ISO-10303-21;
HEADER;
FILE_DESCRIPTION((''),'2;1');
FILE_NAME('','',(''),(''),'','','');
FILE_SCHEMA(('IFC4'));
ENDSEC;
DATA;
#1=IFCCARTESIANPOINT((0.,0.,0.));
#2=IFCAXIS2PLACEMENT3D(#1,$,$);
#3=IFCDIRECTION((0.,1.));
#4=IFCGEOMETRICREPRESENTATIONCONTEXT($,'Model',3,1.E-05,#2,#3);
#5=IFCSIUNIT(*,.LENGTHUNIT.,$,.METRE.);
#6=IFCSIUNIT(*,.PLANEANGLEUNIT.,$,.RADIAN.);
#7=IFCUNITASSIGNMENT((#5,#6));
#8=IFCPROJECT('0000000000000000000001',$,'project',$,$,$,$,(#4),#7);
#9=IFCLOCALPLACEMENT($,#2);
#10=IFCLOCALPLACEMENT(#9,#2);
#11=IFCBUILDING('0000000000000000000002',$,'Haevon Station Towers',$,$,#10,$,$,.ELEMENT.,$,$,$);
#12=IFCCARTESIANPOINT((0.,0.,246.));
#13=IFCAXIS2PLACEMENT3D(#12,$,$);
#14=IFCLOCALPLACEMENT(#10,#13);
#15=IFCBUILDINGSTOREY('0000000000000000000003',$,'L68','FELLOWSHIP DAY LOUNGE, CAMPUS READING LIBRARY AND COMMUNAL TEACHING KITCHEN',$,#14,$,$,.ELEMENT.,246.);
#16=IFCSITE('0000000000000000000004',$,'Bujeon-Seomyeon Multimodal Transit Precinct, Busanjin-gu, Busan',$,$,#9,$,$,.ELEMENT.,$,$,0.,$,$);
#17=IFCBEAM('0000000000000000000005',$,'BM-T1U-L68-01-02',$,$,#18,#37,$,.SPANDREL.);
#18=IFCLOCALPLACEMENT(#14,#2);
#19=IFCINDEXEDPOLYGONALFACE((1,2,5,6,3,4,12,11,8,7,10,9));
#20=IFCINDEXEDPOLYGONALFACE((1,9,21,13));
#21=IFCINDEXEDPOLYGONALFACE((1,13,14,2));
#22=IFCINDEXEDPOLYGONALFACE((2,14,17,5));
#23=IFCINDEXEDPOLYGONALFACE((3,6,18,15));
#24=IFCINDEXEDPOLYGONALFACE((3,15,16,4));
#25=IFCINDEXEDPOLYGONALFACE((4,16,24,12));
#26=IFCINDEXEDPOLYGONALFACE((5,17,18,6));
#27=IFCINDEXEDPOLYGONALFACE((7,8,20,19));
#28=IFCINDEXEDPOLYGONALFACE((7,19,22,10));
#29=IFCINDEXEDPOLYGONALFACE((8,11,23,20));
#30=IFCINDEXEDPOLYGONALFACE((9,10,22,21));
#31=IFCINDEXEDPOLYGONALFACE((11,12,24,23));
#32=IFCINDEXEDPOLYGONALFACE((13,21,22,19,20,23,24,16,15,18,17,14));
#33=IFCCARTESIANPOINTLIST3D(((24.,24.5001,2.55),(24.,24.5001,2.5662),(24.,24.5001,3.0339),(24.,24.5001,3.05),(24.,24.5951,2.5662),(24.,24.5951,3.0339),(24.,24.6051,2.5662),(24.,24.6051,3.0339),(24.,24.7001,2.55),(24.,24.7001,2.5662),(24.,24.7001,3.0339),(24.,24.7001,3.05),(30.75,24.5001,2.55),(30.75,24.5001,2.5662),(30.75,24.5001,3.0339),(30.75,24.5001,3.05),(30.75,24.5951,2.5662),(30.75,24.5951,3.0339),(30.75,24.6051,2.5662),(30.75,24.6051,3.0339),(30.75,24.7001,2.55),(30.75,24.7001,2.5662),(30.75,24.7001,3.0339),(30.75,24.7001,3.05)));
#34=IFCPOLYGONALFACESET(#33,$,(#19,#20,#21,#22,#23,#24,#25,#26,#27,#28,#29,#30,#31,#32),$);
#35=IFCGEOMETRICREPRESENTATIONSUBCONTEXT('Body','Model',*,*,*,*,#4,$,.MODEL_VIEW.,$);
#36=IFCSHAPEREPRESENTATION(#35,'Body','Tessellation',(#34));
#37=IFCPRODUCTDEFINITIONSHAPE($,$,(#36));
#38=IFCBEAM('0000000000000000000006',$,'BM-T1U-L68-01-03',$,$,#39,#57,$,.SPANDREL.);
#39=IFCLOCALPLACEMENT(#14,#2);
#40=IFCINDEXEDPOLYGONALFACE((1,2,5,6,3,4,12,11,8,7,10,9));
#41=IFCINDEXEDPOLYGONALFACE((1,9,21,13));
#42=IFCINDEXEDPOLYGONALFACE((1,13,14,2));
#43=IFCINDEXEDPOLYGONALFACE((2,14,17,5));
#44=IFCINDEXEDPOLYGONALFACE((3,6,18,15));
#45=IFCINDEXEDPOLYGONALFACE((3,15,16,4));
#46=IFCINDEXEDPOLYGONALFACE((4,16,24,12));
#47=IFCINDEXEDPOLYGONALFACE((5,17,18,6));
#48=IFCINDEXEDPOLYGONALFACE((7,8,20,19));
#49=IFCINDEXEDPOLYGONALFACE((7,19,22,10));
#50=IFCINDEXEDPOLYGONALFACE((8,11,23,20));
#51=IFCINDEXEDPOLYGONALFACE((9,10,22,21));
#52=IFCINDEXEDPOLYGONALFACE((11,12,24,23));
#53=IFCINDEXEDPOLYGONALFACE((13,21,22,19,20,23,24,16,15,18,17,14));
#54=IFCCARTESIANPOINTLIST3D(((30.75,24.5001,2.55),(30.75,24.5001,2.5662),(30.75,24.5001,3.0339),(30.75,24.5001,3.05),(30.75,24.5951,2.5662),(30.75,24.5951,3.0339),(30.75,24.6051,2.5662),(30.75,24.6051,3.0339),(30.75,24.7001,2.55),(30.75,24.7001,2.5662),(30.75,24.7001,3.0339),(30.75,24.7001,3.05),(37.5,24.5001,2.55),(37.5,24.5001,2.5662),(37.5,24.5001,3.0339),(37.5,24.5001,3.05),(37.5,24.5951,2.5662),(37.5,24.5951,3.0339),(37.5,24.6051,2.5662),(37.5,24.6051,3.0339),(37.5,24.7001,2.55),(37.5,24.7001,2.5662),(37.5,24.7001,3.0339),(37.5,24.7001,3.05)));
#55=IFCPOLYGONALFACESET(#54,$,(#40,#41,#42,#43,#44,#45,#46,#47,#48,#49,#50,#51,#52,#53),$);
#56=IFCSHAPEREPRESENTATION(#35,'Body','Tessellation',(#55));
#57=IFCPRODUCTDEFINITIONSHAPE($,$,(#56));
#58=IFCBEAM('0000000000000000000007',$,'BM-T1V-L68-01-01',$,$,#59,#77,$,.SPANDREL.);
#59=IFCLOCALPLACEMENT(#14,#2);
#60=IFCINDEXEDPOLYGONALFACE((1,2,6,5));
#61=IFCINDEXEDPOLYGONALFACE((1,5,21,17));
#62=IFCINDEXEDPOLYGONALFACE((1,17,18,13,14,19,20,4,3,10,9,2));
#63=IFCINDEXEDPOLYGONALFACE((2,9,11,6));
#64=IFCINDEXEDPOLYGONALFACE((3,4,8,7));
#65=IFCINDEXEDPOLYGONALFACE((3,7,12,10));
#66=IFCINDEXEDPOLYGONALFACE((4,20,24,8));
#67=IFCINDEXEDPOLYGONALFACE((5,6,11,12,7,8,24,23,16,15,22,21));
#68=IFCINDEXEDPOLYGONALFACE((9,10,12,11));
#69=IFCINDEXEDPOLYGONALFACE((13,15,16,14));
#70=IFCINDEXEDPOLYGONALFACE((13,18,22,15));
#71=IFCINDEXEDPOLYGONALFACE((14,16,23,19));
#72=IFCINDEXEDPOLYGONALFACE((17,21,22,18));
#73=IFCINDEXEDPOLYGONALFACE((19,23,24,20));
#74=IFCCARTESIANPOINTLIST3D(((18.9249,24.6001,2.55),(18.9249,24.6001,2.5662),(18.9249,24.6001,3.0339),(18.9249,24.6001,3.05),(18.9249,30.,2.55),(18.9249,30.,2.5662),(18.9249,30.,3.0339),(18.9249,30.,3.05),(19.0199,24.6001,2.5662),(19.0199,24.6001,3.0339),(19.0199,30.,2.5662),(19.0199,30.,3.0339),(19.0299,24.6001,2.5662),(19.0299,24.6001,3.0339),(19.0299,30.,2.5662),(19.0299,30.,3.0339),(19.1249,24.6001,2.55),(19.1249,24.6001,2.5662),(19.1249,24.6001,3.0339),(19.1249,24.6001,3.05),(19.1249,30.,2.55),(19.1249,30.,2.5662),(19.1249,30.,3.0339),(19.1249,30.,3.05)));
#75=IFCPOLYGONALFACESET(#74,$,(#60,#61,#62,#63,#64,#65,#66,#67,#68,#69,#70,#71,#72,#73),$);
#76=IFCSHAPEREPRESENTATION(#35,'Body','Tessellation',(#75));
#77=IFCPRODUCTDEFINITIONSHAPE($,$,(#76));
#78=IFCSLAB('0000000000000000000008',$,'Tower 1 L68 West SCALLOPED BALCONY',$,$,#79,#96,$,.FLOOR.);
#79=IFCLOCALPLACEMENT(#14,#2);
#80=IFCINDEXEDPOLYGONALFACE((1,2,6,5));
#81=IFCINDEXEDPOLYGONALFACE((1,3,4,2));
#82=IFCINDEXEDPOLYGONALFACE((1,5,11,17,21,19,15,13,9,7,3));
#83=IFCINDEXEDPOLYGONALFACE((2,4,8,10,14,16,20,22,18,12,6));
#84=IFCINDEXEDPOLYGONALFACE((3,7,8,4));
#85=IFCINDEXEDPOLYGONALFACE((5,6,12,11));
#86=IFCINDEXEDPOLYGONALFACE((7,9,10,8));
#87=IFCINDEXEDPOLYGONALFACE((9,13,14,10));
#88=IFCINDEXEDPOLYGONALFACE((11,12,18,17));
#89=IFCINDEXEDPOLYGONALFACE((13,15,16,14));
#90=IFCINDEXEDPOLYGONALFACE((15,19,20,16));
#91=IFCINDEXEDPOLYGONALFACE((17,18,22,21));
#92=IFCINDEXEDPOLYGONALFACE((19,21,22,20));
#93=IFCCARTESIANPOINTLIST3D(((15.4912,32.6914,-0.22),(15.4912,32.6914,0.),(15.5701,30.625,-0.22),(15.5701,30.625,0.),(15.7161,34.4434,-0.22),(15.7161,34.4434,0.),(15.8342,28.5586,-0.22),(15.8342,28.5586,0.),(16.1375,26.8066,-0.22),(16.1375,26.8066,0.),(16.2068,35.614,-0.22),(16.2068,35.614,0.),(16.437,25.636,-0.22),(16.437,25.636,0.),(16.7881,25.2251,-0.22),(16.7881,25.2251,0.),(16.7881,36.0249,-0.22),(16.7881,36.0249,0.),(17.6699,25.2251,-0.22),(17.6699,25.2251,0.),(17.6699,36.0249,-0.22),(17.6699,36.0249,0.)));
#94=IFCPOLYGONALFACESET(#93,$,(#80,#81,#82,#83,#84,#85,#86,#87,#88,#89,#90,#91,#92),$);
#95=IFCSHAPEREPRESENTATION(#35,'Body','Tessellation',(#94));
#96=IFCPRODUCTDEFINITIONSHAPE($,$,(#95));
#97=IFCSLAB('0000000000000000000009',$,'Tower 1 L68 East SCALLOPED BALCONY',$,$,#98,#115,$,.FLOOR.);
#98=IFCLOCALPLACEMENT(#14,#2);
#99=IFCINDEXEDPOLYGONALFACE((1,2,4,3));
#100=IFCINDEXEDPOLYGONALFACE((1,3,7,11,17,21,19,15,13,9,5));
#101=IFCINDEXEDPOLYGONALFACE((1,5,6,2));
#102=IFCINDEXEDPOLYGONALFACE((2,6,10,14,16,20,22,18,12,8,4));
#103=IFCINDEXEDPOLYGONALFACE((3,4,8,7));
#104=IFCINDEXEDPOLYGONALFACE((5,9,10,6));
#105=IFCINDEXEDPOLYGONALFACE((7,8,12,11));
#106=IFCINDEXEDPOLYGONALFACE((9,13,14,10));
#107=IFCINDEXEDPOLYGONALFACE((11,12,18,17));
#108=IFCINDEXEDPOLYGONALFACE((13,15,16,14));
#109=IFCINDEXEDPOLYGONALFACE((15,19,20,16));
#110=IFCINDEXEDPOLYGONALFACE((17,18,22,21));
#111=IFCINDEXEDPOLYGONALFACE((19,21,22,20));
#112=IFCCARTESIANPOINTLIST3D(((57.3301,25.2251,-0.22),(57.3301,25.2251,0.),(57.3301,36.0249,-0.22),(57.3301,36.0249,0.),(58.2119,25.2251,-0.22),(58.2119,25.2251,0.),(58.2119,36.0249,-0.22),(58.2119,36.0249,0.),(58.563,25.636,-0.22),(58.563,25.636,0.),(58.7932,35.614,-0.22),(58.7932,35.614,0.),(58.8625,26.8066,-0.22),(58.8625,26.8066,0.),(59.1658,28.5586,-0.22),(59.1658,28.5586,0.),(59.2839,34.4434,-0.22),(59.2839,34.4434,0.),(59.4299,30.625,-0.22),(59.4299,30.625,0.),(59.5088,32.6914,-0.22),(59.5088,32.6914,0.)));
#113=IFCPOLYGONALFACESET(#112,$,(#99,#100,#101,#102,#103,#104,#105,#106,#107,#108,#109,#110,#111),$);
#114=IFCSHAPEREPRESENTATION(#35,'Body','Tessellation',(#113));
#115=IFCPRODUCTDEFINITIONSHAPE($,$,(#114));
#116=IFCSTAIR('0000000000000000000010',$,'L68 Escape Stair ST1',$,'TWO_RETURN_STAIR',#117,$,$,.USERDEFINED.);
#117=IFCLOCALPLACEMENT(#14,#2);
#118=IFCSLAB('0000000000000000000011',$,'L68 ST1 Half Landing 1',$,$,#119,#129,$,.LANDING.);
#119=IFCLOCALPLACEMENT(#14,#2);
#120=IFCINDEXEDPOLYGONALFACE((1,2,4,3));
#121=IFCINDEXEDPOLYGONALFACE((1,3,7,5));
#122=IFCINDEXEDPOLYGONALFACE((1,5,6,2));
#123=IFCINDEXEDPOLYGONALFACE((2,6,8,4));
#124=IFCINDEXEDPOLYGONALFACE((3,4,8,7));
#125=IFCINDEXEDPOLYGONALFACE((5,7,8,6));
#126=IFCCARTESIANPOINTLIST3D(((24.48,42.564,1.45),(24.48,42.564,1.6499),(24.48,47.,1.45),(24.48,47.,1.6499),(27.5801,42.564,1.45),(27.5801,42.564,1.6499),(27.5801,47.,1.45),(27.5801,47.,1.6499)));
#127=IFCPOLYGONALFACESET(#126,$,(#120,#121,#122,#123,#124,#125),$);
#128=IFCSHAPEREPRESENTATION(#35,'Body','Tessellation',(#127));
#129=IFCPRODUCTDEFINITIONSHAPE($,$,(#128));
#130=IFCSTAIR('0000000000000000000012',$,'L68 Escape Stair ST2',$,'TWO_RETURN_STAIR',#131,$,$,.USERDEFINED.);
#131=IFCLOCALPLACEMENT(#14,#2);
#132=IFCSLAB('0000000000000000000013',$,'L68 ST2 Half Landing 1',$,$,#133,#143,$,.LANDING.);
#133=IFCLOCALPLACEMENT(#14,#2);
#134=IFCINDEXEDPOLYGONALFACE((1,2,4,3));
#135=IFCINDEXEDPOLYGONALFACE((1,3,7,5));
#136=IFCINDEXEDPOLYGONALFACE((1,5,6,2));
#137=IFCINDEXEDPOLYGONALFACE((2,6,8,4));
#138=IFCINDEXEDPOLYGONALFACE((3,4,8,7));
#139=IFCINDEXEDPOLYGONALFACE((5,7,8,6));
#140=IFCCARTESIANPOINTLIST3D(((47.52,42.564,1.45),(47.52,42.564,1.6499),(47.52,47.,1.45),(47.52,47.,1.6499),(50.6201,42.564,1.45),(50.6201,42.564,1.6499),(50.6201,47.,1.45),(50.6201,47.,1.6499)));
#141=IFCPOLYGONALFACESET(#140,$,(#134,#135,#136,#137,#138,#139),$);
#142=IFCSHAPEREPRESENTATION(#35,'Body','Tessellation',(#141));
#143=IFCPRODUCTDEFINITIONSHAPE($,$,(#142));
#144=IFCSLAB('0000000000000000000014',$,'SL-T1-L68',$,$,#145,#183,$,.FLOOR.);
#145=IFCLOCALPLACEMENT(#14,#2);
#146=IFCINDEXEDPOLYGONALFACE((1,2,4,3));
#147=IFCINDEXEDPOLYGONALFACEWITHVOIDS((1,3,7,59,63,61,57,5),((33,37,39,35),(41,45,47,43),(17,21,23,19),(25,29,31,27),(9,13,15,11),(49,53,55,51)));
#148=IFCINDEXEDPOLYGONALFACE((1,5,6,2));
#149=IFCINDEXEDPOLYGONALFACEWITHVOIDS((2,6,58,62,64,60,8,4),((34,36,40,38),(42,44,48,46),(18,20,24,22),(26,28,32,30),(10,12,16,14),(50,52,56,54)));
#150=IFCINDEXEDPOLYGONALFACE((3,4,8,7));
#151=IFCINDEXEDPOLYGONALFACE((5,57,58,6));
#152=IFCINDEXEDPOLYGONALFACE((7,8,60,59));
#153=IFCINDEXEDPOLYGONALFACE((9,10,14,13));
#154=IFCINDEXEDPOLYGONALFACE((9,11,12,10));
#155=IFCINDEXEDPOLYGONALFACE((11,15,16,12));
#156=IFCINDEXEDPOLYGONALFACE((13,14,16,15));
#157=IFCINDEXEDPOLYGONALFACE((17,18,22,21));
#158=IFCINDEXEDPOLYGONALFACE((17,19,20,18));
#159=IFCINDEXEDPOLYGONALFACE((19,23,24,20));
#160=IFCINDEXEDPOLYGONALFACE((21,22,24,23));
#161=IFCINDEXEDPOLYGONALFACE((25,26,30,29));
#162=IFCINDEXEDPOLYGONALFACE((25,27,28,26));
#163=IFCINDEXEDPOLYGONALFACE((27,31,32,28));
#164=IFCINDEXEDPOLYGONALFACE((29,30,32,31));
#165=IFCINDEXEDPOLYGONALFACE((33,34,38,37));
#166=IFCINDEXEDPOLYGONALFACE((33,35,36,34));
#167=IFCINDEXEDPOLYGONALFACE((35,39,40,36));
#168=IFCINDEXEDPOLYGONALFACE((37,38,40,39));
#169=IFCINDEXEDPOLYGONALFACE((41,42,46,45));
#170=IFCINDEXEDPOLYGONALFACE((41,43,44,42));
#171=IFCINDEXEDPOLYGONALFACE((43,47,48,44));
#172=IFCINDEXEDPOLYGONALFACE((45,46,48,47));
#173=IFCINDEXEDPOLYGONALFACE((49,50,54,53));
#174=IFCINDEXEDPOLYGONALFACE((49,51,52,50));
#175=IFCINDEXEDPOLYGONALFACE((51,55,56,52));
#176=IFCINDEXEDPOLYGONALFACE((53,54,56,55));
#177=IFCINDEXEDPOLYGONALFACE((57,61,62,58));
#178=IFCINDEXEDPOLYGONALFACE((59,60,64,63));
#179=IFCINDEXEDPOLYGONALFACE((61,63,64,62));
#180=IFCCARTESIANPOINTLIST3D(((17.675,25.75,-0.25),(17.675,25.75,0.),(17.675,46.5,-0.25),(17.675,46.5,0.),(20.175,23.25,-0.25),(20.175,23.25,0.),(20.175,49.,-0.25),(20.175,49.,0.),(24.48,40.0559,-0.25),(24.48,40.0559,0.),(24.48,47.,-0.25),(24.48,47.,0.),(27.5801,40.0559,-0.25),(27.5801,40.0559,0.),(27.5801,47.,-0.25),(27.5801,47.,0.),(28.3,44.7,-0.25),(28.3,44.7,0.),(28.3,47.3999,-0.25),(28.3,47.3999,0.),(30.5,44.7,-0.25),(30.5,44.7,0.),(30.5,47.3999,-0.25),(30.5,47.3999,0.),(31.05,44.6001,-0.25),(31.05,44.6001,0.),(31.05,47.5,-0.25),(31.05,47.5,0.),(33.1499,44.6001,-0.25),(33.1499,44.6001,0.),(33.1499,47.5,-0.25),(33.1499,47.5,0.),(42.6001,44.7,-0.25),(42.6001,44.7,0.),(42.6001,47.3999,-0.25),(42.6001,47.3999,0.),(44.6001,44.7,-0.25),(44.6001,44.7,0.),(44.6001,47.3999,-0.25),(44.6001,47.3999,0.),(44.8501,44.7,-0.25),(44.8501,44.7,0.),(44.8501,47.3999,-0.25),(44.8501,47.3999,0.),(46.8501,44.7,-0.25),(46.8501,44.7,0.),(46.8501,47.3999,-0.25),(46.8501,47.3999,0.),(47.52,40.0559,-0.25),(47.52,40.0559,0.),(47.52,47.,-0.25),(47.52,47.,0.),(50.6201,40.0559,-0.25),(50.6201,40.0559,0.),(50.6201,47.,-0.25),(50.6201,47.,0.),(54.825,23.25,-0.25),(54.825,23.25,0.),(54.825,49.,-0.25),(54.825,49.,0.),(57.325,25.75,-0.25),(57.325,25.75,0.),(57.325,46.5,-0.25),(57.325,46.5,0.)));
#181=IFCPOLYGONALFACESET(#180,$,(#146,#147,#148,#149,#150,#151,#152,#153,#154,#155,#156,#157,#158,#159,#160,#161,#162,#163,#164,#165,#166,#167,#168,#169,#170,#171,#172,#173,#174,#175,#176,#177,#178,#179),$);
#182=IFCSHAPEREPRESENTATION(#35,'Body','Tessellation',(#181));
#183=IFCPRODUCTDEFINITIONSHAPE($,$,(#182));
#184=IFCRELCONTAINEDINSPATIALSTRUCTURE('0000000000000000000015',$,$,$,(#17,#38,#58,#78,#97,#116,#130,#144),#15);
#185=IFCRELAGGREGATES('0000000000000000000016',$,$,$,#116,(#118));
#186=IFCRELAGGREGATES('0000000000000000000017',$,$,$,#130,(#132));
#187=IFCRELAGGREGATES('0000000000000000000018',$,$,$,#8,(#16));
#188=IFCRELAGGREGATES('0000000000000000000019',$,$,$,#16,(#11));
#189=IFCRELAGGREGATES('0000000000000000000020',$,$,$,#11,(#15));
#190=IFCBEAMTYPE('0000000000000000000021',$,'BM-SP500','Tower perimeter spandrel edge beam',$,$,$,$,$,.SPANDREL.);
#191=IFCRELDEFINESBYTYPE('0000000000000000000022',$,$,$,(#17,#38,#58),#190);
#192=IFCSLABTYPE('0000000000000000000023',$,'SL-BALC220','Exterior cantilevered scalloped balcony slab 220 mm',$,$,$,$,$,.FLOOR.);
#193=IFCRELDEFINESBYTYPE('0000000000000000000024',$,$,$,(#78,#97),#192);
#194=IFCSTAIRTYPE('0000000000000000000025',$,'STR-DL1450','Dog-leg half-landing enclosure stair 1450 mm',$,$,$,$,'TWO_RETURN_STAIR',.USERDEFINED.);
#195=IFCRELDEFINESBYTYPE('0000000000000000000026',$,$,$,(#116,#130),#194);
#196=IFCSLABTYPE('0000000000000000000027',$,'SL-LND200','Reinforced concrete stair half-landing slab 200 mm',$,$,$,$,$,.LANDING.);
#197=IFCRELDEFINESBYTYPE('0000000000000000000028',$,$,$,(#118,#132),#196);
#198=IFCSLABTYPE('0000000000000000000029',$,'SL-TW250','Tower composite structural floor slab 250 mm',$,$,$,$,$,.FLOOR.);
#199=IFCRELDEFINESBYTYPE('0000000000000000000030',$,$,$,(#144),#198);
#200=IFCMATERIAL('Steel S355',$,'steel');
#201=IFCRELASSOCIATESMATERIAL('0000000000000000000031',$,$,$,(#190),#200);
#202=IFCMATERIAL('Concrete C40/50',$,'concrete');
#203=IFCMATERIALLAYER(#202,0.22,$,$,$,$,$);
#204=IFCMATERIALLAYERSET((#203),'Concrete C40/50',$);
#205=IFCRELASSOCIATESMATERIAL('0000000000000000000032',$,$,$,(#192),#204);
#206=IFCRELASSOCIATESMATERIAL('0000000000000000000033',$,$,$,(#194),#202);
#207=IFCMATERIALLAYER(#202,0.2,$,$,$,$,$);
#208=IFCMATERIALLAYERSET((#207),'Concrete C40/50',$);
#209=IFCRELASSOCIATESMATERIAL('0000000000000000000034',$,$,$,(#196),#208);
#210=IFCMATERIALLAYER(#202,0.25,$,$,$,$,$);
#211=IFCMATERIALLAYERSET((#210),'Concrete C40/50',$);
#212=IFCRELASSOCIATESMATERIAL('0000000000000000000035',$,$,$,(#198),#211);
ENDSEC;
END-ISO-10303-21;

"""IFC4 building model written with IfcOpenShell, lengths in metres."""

from ifc_helpers import new_model, si_unit, direction, frame, origin, origin_2d, place, context, subcontext, project, spatial, polyline, i_section, outline, extrude, material, layer, layer_set, material_profile, profile_set, type_object, element, aggregate, save


model = new_model("IFC4")

# Units and contexts
model_context = context("Model", 3, precision=1e-05, world=origin(), true_north=direction((0.0, 1.0)))
body_context = subcontext(model_context, "Body", "Model", "MODEL_VIEW")
ifc_project = project(units=[si_unit("LENGTHUNIT", "METRE"), si_unit("PLANEANGLEUNIT", "RADIAN")], contexts=[model_context])

# Site, building, storey
site_placement = place(None, origin())
site = spatial("IfcSite", under=ifc_project, at=site_placement, Name="Bujeon-Seomyeon Multimodal Transit Precinct, Busanjin-gu, Busan", CompositionType="ELEMENT", RefElevation=0.0)
building_placement = place(site_placement, origin())
building = spatial("IfcBuilding", under=site, at=building_placement, Name="Haevon Station Towers", CompositionType="ELEMENT")
storey_placement = place(building_placement, frame((0.0, 0.0, 246.0)))
storey = spatial("IfcBuildingStorey", under=building, at=storey_placement, Name="L68", Description="FELLOWSHIP DAY LOUNGE, CAMPUS READING LIBRARY AND COMMUNAL TEACHING KITCHEN", CompositionType="ELEMENT", Elevation=246.0)

# Shared definitions
ifc_material_1 = material(Name="Steel S355", Category="steel")

# Beams
ifc_material_profile_1 = material_profile(ifc_material_1, i_section(OverallWidth=0.2, OverallDepth=0.5, WebThickness=0.01, FlangeThickness=0.0161, at=origin_2d()), Name="H-500x200x10x16")
ifc_profile_set_1 = profile_set([ifc_material_profile_1], Name="Steel S355")
beam_type_1 = type_object("IfcBeamType", Name="BM-SP500", Description="Tower perimeter spandrel edge beam", PredefinedType="SPANDREL", material=ifc_profile_set_1)
for number, where, z_axis, x_axis, name in (
    (1, (24.0, 24.6001, 2.8), (1.0, 0.0, 0.0), (0.0, 1.0, 0.0), "BM-T1U-L68-01-02"),
    (2, (30.75, 24.6001, 2.8), (1.0, 0.0, 0.0), (0.0, 1.0, 0.0), "BM-T1U-L68-01-03"),
):
    element("IfcBeam", number, at=place(storey_placement, frame(where, z_axis=z_axis, x_axis=x_axis)), inside=storey, type_object=beam_type_1, Name=name, PredefinedType="SPANDREL", context=body_context, shape_type="SweptSolid", body=[
        extrude(i_section(OverallWidth=0.2, OverallDepth=0.5, WebThickness=0.01, FlangeThickness=0.0161, at=origin_2d()), origin(), (0.0, 0.0, 1.0), 6.75),
    ])
beam_1_placement = place(storey_placement, frame((19.0249, 24.6001, 2.8), z_axis=(0.0, 1.0, 0.0), x_axis=(-1.0, 0.0, 0.0)))
element("IfcBeam", 3, at=beam_1_placement, inside=storey, type_object=beam_type_1, Name="BM-T1V-L68-01-01", PredefinedType="SPANDREL", context=body_context, shape_type="SweptSolid", body=[
    extrude(i_section(OverallWidth=0.2, OverallDepth=0.5, WebThickness=0.01, FlangeThickness=0.0161, at=origin_2d()), origin(), (0.0, 0.0, 1.0), 5.3999),
])

# Slabs
ifc_material_2 = material(Name="Concrete C40/50", Category="concrete")
ifc_layer_1 = layer(ifc_material_2, 0.22)
ifc_layer_set_1 = layer_set([ifc_layer_1], Name="Concrete C40/50")
slab_type_1 = type_object("IfcSlabType", Name="SL-BALC220", Description="Exterior cantilevered scalloped balcony slab 220 mm", PredefinedType="FLOOR", material=ifc_layer_set_1)
slab_1_placement = place(storey_placement, frame((0.0, 0.0, -0.22)))
element("IfcSlab", 4, at=slab_1_placement, inside=storey, type_object=slab_type_1, Name="Tower 1 L68 West SCALLOPED BALCONY", PredefinedType="FLOOR", context=body_context, shape_type="SweptSolid", body=[
    extrude(outline(polyline([(17.6699, 36.0249), (16.7881, 36.0249), (16.2068, 35.614), (15.7161, 34.4434), (15.4912, 32.6914), (15.5701, 30.625), (15.8342, 28.5586), (16.1375, 26.8066), (16.437, 25.636), (16.7881, 25.2251), (17.6699, 25.2251), (17.6699, 36.0249)])), origin(), (0.0, 0.0, 1.0), 0.22),
])
slab_2_placement = place(storey_placement, frame((0.0, 0.0, -0.22)))
element("IfcSlab", 5, at=slab_2_placement, inside=storey, type_object=slab_type_1, Name="Tower 1 L68 East SCALLOPED BALCONY", PredefinedType="FLOOR", context=body_context, shape_type="SweptSolid", body=[
    extrude(outline(polyline([(57.3301, 25.2251), (58.2119, 25.2251), (58.563, 25.636), (58.8625, 26.8066), (59.1658, 28.5586), (59.4299, 30.625), (59.5088, 32.6914), (59.2839, 34.4434), (58.7932, 35.614), (58.2119, 36.0249), (57.3301, 36.0249), (57.3301, 25.2251)])), origin(), (0.0, 0.0, 1.0), 0.22),
])

# Stairs, slabs
stair_type = type_object("IfcStairType", Name="STR-DL1450", Description="Dog-leg half-landing enclosure stair 1450 mm", ElementType="TWO_RETURN_STAIR", PredefinedType="USERDEFINED", material=ifc_material_2)
stair_1_placement = place(storey_placement, origin())
stair_1 = element("IfcStair", 6, at=stair_1_placement, inside=storey, type_object=stair_type, Name="L68 Escape Stair ST1", ObjectType="TWO_RETURN_STAIR", PredefinedType="USERDEFINED")
ifc_layer_2 = layer(ifc_material_2, 0.2)
ifc_layer_set_2 = layer_set([ifc_layer_2], Name="Concrete C40/50")
slab_type_2 = type_object("IfcSlabType", Name="SL-LND200", Description="Reinforced concrete stair half-landing slab 200 mm", PredefinedType="LANDING", material=ifc_layer_set_2)
slab_3_placement = place(storey_placement, frame((0.0, 0.0, 1.45)))
slab_3 = element("IfcSlab", 7, at=slab_3_placement, type_object=slab_type_2, Name="L68 ST1 Half Landing 1", PredefinedType="LANDING", context=body_context, shape_type="SweptSolid", body=[
    extrude(outline(polyline([(27.5801, 42.564), (27.5801, 47.0), (24.48, 47.0), (24.48, 42.564), (27.5801, 42.564)])), origin(), (0.0, 0.0, 1.0), 0.2),
])
aggregate(stair_1, [slab_3])
stair_2_placement = place(storey_placement, origin())
stair_2 = element("IfcStair", 8, at=stair_2_placement, inside=storey, type_object=stair_type, Name="L68 Escape Stair ST2", ObjectType="TWO_RETURN_STAIR", PredefinedType="USERDEFINED")
slab_4_placement = place(storey_placement, frame((0.0, 0.0, 1.45)))
slab_4 = element("IfcSlab", 9, at=slab_4_placement, type_object=slab_type_2, Name="L68 ST2 Half Landing 1", PredefinedType="LANDING", context=body_context, shape_type="SweptSolid", body=[
    extrude(outline(polyline([(50.6201, 42.564), (50.6201, 47.0), (47.52, 47.0), (47.52, 42.564), (50.6201, 42.564)])), origin(), (0.0, 0.0, 1.0), 0.2),
])
aggregate(stair_2, [slab_4])

# Slab
ifc_layer_3 = layer(ifc_material_2, 0.25)
ifc_layer_set_3 = layer_set([ifc_layer_3], Name="Concrete C40/50")
slab_type_3 = type_object("IfcSlabType", Name="SL-TW250", Description="Tower composite structural floor slab 250 mm", PredefinedType="FLOOR", material=ifc_layer_set_3)
slab_5_placement = place(storey_placement, frame((0.0, 0.0, -0.25)))
element("IfcSlab", 10, at=slab_5_placement, inside=storey, type_object=slab_type_3, Name="SL-T1-L68", PredefinedType="FLOOR", context=body_context, shape_type="SweptSolid", body=[
    extrude(outline(polyline([(20.175, 23.25), (54.825, 23.25), (57.325, 25.75), (57.325, 46.5), (54.825, 49.0), (20.175, 49.0), (17.675, 46.5), (17.675, 25.75), (20.175, 23.25)]), holes=[polyline([(27.5801, 40.0559), (27.5801, 47.0), (24.48, 47.0), (24.48, 40.0559), (27.5801, 40.0559)]), polyline([(50.6201, 40.0559), (50.6201, 47.0), (47.52, 47.0), (47.52, 40.0559), (50.6201, 40.0559)]), polyline([(28.3, 44.7), (30.5, 44.7), (30.5, 47.3999), (28.3, 47.3999), (28.3, 44.7)]), polyline([(31.05, 44.6001), (33.1499, 44.6001), (33.1499, 47.5), (31.05, 47.5), (31.05, 44.6001)]), polyline([(42.6001, 44.7), (44.6001, 44.7), (44.6001, 47.3999), (42.6001, 47.3999), (42.6001, 44.7)]), polyline([(44.8501, 44.7), (46.8501, 44.7), (46.8501, 47.3999), (44.8501, 47.3999), (44.8501, 44.7)])]), origin(), (0.0, 0.0, 1.0), 0.25),
])

save(model, "model.ifc")
